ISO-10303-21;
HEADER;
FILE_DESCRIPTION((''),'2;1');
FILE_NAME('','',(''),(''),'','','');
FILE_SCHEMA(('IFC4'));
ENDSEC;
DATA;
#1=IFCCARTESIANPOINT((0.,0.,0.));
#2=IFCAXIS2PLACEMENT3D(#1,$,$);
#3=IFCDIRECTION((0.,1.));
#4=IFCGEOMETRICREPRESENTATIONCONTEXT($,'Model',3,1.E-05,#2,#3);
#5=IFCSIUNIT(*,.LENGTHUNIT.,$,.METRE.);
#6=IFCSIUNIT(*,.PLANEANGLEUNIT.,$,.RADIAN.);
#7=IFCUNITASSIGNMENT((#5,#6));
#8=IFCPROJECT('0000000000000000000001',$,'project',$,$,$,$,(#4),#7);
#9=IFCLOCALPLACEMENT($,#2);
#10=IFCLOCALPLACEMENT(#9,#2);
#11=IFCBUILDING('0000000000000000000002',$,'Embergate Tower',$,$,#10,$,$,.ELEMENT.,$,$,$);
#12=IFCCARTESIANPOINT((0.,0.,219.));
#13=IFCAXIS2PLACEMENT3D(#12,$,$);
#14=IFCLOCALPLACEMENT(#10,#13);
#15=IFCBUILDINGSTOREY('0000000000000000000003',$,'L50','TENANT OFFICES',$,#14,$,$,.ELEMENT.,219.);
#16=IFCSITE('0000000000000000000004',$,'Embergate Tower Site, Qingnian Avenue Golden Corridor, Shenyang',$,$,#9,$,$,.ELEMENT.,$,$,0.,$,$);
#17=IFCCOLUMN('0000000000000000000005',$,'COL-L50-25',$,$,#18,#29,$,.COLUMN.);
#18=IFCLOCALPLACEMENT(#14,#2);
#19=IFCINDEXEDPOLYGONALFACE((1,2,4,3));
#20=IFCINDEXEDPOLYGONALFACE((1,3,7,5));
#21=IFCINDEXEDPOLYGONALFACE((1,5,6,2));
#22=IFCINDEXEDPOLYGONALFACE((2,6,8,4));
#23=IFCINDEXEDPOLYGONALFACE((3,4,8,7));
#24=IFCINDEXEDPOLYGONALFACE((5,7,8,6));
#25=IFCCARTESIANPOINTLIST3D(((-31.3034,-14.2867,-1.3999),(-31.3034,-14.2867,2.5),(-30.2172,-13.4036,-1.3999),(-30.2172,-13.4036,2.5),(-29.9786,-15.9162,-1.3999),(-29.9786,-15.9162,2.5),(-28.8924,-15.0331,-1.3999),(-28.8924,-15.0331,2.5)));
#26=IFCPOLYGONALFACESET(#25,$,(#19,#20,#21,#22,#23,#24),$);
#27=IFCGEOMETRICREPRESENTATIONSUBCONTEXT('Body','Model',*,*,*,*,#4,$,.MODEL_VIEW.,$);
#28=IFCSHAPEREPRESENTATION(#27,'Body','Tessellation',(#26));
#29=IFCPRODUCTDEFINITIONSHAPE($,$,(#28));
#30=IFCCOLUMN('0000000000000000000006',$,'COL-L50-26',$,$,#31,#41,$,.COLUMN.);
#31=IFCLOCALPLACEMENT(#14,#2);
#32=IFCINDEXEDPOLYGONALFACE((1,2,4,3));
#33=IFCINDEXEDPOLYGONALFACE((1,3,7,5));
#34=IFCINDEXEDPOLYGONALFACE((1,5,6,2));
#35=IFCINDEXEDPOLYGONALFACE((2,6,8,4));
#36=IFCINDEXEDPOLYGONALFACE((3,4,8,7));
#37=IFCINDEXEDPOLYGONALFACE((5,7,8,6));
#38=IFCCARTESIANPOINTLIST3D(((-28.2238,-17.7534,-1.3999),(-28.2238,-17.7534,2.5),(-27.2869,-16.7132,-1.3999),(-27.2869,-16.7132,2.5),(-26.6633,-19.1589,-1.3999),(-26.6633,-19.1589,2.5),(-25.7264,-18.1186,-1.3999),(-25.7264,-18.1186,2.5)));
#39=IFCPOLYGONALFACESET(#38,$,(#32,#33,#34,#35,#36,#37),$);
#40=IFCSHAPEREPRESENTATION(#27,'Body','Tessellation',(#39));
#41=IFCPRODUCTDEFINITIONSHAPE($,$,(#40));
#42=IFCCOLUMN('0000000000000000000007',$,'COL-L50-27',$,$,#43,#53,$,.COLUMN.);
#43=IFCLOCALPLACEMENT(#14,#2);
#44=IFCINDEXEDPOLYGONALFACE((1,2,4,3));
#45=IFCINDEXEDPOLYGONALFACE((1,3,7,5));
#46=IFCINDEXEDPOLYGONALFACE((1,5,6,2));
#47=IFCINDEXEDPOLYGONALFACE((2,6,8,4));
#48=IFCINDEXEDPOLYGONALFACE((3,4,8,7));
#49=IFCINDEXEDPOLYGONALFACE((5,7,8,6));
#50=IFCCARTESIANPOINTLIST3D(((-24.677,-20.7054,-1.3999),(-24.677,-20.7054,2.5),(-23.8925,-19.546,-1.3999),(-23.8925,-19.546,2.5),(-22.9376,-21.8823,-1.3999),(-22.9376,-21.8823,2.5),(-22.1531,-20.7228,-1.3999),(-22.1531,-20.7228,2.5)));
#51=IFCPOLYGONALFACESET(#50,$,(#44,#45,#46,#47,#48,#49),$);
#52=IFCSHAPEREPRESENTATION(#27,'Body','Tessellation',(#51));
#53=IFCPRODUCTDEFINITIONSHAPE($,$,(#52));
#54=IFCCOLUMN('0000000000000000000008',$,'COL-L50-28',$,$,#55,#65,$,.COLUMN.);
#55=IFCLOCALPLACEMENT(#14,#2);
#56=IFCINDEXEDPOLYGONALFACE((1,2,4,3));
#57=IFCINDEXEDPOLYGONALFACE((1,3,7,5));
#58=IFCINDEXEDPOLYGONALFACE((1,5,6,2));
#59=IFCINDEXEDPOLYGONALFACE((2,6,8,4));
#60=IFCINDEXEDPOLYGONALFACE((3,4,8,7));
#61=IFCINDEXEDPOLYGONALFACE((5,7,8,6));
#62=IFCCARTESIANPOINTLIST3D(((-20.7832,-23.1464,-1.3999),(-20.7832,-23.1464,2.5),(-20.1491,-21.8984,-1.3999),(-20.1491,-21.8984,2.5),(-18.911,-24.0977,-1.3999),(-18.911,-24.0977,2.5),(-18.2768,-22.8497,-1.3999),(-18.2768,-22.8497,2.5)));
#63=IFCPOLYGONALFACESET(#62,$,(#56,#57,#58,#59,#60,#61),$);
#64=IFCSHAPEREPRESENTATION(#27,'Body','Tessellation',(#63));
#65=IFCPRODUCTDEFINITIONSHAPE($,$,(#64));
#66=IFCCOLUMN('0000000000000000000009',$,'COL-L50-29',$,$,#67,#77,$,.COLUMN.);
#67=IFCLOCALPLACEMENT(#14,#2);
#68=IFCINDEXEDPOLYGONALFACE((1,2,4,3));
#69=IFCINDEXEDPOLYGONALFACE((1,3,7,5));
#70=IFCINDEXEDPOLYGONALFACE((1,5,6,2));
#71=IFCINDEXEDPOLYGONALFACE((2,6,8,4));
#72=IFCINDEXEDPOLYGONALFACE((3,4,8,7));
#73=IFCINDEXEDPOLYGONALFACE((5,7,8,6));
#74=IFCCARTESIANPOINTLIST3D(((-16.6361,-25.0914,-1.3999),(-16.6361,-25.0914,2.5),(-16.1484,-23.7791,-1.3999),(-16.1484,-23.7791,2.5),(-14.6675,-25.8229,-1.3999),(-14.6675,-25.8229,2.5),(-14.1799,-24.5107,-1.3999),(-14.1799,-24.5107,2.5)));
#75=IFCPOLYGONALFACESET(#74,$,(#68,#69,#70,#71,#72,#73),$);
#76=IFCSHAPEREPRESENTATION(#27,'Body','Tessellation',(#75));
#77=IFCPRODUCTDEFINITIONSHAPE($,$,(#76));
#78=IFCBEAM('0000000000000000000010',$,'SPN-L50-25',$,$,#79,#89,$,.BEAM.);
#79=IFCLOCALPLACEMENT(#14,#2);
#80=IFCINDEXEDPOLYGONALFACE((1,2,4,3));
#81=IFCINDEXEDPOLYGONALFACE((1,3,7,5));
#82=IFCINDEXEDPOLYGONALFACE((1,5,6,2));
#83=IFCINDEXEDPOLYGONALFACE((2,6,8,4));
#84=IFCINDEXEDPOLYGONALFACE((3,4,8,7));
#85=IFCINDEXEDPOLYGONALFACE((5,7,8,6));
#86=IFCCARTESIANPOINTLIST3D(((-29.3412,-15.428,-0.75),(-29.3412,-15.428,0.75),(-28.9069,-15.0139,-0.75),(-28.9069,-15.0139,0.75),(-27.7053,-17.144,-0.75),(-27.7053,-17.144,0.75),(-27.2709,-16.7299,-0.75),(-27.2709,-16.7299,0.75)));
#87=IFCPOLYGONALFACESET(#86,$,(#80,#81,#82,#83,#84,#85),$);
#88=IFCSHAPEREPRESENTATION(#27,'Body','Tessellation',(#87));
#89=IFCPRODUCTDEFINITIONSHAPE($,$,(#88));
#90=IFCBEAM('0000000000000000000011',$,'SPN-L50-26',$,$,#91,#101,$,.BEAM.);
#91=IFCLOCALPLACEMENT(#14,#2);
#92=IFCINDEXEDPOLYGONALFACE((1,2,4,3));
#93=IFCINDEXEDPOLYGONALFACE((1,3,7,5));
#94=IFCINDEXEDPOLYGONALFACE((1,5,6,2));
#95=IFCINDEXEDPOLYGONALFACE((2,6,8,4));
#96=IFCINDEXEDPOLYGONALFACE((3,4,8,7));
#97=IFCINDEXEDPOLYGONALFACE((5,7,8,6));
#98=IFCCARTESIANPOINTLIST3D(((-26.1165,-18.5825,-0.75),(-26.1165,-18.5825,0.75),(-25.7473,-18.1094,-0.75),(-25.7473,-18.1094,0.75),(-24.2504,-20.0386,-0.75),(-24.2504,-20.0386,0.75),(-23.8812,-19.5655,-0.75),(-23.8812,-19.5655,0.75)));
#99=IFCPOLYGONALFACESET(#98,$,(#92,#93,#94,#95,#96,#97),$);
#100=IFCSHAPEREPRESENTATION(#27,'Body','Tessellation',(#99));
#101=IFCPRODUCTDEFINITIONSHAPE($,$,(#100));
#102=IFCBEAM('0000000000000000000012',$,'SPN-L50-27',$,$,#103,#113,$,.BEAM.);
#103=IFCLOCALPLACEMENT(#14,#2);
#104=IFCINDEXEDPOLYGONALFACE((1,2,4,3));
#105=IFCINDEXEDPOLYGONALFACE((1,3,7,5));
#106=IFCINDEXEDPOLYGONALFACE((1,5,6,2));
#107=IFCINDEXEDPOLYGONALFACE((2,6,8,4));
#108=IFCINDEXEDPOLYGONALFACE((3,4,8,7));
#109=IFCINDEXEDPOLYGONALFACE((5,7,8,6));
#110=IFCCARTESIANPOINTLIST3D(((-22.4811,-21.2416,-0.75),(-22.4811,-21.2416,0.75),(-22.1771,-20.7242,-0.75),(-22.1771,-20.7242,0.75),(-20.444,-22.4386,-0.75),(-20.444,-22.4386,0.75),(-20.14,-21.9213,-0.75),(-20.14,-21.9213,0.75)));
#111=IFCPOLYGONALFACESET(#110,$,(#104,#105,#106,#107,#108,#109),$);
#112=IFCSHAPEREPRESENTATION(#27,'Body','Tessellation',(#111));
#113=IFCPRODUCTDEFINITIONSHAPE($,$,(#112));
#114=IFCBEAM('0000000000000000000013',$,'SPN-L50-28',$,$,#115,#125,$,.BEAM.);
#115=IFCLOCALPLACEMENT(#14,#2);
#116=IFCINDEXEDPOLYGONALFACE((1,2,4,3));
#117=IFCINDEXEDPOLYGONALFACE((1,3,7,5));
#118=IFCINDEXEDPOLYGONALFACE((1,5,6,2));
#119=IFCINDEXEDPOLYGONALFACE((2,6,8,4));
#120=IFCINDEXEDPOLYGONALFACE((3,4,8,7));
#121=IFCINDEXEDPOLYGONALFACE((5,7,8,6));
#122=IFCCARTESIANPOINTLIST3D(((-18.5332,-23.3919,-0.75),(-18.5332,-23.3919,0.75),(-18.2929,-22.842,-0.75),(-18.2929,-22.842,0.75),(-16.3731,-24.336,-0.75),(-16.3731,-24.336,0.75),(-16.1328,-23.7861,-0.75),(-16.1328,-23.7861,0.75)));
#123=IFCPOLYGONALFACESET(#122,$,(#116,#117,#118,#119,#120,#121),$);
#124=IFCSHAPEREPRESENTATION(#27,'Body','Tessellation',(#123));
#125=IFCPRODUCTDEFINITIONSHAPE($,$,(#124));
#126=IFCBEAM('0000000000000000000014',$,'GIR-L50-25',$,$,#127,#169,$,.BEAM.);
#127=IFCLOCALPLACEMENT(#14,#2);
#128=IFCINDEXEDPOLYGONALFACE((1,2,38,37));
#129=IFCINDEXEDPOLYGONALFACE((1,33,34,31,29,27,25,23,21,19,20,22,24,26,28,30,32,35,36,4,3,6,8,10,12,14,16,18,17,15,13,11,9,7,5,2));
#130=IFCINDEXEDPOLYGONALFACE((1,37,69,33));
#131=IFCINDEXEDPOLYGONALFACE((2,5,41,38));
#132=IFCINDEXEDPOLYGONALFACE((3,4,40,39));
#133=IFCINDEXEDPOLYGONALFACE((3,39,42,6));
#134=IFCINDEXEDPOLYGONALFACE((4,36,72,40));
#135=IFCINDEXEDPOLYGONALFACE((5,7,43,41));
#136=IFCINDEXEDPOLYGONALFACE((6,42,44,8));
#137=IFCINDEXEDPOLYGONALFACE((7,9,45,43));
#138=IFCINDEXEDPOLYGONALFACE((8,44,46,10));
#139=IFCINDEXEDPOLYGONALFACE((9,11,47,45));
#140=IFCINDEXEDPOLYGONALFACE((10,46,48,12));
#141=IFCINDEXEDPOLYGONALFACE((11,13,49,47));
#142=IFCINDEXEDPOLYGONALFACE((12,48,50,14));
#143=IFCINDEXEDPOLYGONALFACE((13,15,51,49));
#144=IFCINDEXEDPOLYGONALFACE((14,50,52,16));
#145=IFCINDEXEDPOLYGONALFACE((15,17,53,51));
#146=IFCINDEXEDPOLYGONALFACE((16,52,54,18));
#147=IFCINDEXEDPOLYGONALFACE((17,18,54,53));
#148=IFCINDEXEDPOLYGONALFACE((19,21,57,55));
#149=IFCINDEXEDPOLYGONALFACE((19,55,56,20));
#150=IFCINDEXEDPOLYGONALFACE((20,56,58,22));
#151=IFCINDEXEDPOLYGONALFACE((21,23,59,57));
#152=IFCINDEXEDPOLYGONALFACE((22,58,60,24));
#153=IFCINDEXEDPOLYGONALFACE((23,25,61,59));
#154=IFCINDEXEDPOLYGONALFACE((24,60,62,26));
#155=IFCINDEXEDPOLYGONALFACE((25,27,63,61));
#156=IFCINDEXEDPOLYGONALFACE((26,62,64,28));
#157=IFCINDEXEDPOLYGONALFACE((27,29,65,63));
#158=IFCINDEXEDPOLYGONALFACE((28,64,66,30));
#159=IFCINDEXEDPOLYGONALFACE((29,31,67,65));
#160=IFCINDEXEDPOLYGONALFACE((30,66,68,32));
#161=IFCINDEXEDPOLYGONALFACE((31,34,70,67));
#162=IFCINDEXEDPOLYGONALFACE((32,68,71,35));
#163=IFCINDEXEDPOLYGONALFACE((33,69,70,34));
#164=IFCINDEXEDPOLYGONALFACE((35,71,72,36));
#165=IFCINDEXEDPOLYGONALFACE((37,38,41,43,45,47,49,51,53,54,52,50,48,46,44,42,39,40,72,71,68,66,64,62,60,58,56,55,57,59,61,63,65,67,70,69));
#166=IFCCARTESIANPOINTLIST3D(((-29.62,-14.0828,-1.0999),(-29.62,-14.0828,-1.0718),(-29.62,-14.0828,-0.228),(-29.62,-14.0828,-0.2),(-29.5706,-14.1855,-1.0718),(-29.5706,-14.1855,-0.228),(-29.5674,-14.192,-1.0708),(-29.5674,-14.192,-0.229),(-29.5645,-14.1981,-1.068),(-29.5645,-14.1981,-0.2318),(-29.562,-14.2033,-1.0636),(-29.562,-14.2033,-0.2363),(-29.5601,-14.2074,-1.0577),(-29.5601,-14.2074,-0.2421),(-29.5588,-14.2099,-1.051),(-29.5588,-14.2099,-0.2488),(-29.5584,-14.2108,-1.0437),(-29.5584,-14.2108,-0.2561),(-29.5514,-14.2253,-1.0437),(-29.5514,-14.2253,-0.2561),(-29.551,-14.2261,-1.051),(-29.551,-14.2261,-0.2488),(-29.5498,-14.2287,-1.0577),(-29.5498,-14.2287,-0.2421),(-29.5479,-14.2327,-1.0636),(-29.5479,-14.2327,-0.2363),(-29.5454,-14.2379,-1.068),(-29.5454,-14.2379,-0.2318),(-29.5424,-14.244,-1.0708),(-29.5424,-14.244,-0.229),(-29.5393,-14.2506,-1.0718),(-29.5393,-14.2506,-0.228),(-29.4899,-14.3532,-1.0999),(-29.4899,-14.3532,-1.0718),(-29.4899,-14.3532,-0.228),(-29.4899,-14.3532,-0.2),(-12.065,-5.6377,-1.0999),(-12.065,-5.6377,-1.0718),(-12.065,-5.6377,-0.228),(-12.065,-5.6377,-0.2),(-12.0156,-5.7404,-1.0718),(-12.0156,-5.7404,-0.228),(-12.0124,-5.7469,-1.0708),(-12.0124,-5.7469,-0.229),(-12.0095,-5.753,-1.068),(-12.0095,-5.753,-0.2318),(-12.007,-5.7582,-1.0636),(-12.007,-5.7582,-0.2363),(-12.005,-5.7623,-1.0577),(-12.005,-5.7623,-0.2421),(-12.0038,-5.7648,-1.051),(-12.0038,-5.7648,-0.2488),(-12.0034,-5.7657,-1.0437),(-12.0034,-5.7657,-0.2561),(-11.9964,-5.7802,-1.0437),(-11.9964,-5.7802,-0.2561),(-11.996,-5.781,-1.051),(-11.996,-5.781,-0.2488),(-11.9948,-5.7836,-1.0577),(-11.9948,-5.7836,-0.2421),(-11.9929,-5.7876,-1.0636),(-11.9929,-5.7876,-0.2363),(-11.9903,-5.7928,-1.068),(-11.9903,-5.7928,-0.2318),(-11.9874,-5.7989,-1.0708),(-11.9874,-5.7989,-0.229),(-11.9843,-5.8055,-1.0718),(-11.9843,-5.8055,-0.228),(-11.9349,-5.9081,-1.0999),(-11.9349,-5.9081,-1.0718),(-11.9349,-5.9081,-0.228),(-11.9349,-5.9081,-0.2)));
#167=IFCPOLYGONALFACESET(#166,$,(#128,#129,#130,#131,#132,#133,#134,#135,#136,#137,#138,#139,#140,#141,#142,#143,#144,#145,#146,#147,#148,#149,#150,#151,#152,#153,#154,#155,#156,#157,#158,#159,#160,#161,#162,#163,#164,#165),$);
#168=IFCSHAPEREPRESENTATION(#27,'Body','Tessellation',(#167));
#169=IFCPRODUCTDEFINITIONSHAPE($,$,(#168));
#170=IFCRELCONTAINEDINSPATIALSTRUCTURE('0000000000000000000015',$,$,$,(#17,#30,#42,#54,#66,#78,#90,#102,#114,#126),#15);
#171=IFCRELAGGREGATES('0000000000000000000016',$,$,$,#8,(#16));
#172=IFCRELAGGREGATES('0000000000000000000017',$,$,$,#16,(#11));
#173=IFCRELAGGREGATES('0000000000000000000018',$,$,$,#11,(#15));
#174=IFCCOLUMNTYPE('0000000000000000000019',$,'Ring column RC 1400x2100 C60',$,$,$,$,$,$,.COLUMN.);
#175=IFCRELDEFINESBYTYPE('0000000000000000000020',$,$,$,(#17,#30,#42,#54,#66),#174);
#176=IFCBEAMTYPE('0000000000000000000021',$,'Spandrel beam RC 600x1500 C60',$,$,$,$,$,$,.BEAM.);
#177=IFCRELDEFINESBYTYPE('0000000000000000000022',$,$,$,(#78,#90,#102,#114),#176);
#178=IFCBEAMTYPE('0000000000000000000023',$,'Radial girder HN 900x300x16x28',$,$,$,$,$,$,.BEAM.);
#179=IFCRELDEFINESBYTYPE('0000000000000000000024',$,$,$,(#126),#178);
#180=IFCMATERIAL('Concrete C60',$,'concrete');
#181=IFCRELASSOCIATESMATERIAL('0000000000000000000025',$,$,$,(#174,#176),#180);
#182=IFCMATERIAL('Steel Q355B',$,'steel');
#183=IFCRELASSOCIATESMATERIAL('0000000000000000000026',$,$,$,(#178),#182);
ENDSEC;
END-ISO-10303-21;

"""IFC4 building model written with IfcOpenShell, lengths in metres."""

from ifc_helpers import new_model, si_unit, direction, frame, origin, origin_2d, place, context, subcontext, project, spatial, rectangle, i_section, extrude, source, transform, mapped, material, material_profile, profile_set, type_object, element, save


model = new_model("IFC4")

# Units and contexts
model_context = context("Model", 3, precision=1e-05, world=origin(), true_north=direction((0.0, 1.0)))
body_context = subcontext(model_context, "Body", "Model", "MODEL_VIEW")
ifc_project = project(units=[si_unit("LENGTHUNIT", "METRE"), si_unit("PLANEANGLEUNIT", "RADIAN")], contexts=[model_context])

# Site, building, storey
site_placement = place(None, origin())
site = spatial("IfcSite", under=ifc_project, at=site_placement, Name="Embergate Tower Site, Qingnian Avenue Golden Corridor, Shenyang", CompositionType="ELEMENT", RefElevation=0.0)
building_placement = place(site_placement, origin())
building = spatial("IfcBuilding", under=site, at=building_placement, Name="Embergate Tower", CompositionType="ELEMENT")
storey_placement = place(building_placement, frame((0.0, 0.0, 219.0)))
storey = spatial("IfcBuildingStorey", under=building, at=storey_placement, Name="L50", Description="TENANT OFFICES", CompositionType="ELEMENT", Elevation=219.0)

# Columns
ifc_material_1 = material(Name="Concrete C60", Category="concrete")
ifc_material_profile_1 = material_profile(ifc_material_1, rectangle(XDim=1.3999, YDim=2.1001, at=origin_2d()), Name="RC 1400x2100")
ifc_profile_set_1 = profile_set([ifc_material_profile_1], Name="Concrete C60")
column_type = type_object("IfcColumnType", Name="Ring column RC 1400x2100 C60", PredefinedType="COLUMN", material=ifc_profile_set_1)
shared_shape_1 = source(origin(), body_context, "Body", "SweptSolid", [
    extrude(rectangle(XDim=1.3999, YDim=2.1001, at=origin_2d()), origin(), (0.0, 0.0, 1.0), 3.8999),
])
for number, where, z_axis, x_axis, name in (
    (1, (-30.0979, -14.6599, -1.3999), (0.0, 0.0, 1.0), (-0.775925, -0.630825, 0.0), "COL-L50-25"),
    (2, (-26.9751, -17.936, -1.3999), (0.0, 0.0, 1.0), (-0.669221, -0.743063, 0.0), "COL-L50-26"),
    (3, (-23.415, -20.7141, -1.3999), (0.0, 0.0, 1.0), (-0.560393, -0.828227, 0.0), "COL-L50-27"),
    (4, (-19.53, -22.998, -1.3999), (0.0, 0.0, 1.0), (-0.453011, -0.891505, 0.0), "COL-L50-28"),
    (5, (-15.408, -24.801, -1.3999), (0.0, 0.0, 1.0), (-0.348343, -0.937367, 0.0), "COL-L50-29"),
):
    element("IfcColumn", number, at=place(storey_placement, frame(where, z_axis=z_axis, x_axis=x_axis)), inside=storey, type_object=column_type, Name=name, PredefinedType="COLUMN", context=body_context, shape_type="MappedRepresentation", body=[
        mapped(shared_shape_1, transform((0.0, 0.0, 0.0))),
    ])

# Beams
ifc_material_profile_2 = material_profile(ifc_material_1, rectangle(XDim=0.6001, YDim=1.5, at=origin_2d()), Name="RC 600x1500")
ifc_profile_set_2 = profile_set([ifc_material_profile_2], Name="Concrete C60")
beam_type_1 = type_object("IfcBeamType", Name="Spandrel beam RC 600x1500 C60", PredefinedType="BEAM", material=ifc_profile_set_2)
shared_shape_2 = source(origin(), body_context, "Body", "SweptSolid", [
    extrude(rectangle(XDim=0.6001, YDim=1.5, at=origin_2d()), origin(), (0.0, 0.0, 1.0), 2.3708),
])
beam_1_placement = place(storey_placement, frame((-29.124, -15.2209, 0.0), z_axis=(0.690018, -0.723793, 0.0), x_axis=(0.723793, 0.690018, 0.0)))
element("IfcBeam", 6, at=beam_1_placement, inside=storey, type_object=beam_type_1, Name="SPN-L50-25", PredefinedType="BEAM", context=body_context, shape_type="MappedRepresentation", body=[
    mapped(shared_shape_2, transform((0.0, 0.0, 0.0))),
])
shared_shape_3 = source(origin(), body_context, "Body", "SweptSolid", [
    extrude(rectangle(XDim=0.6001, YDim=1.5, at=origin_2d()), origin(), (0.0, 0.0, 1.0), 2.3669),
])
beam_2_placement = place(storey_placement, frame((-25.9319, -18.3459, 0.0), z_axis=(0.788379, -0.61519, 0.0), x_axis=(0.61519, 0.788379, 0.0)))
element("IfcBeam", 7, at=beam_2_placement, inside=storey, type_object=beam_type_1, Name="SPN-L50-26", PredefinedType="BEAM", context=body_context, shape_type="MappedRepresentation", body=[
    mapped(shared_shape_3, transform((0.0, 0.0, 0.0))),
])
shared_shape_4 = source(origin(), body_context, "Body", "SweptSolid", [
    extrude(rectangle(XDim=0.6001, YDim=1.5, at=origin_2d()), origin(), (0.0, 0.0, 1.0), 2.3628),
])
beam_3_placement = place(storey_placement, frame((-22.3291, -20.9829, 0.0), z_axis=(0.862171, -0.506618, 0.0), x_axis=(0.506618, 0.862171, 0.0)))
element("IfcBeam", 8, at=beam_3_placement, inside=storey, type_object=beam_type_1, Name="SPN-L50-27", PredefinedType="BEAM", context=body_context, shape_type="MappedRepresentation", body=[
    mapped(shared_shape_4, transform((0.0, 0.0, 0.0))),
])
shared_shape_5 = source(origin(), body_context, "Body", "SweptSolid", [
    extrude(rectangle(XDim=0.6001, YDim=1.5, at=origin_2d()), origin(), (0.0, 0.0, 1.0), 2.3574),
])
beam_4_placement = place(storey_placement, frame((-18.4131, -23.1169, 0.0), z_axis=(0.916309, -0.400471, 0.0), x_axis=(0.400471, 0.916309, 0.0)))
element("IfcBeam", 9, at=beam_4_placement, inside=storey, type_object=beam_type_1, Name="SPN-L50-28", PredefinedType="BEAM", context=body_context, shape_type="MappedRepresentation", body=[
    mapped(shared_shape_5, transform((0.0, 0.0, 0.0))),
])
ifc_material_2 = material(Name="Steel Q355B", Category="steel")
ifc_material_profile_3 = material_profile(ifc_material_2, i_section(OverallWidth=0.3, OverallDepth=0.8999, WebThickness=0.0161, FlangeThickness=0.0281, FilletRadius=0.0281, at=origin_2d()), Name="HN 900x300x16x28")
ifc_profile_set_3 = profile_set([ifc_material_profile_3], Name="Steel Q355 grade B")
beam_type_2 = type_object("IfcBeamType", Name="Radial girder HN 900x300x16x28", PredefinedType="BEAM", material=ifc_profile_set_3)
shared_shape_6 = source(origin(), body_context, "Body", "SweptSolid", [
    extrude(i_section(OverallWidth=0.3, OverallDepth=0.8999, WebThickness=0.0161, FlangeThickness=0.0281, FilletRadius=0.0281, at=origin_2d()), origin(), (0.0, 0.0, 1.0), 19.4807),
])
beam_5_placement = place(storey_placement, frame((-29.5549, -14.218, -0.6499), z_axis=(0.901148, 0.433511, 0.0), x_axis=(-0.433511, 0.901148, 0.0)))
element("IfcBeam", 10, at=beam_5_placement, inside=storey, type_object=beam_type_2, Name="GIR-L50-25", PredefinedType="BEAM", context=body_context, shape_type="MappedRepresentation", body=[
    mapped(shared_shape_6, transform((0.0, 0.0, 0.0))),
])

save(model, "model.ifc")
